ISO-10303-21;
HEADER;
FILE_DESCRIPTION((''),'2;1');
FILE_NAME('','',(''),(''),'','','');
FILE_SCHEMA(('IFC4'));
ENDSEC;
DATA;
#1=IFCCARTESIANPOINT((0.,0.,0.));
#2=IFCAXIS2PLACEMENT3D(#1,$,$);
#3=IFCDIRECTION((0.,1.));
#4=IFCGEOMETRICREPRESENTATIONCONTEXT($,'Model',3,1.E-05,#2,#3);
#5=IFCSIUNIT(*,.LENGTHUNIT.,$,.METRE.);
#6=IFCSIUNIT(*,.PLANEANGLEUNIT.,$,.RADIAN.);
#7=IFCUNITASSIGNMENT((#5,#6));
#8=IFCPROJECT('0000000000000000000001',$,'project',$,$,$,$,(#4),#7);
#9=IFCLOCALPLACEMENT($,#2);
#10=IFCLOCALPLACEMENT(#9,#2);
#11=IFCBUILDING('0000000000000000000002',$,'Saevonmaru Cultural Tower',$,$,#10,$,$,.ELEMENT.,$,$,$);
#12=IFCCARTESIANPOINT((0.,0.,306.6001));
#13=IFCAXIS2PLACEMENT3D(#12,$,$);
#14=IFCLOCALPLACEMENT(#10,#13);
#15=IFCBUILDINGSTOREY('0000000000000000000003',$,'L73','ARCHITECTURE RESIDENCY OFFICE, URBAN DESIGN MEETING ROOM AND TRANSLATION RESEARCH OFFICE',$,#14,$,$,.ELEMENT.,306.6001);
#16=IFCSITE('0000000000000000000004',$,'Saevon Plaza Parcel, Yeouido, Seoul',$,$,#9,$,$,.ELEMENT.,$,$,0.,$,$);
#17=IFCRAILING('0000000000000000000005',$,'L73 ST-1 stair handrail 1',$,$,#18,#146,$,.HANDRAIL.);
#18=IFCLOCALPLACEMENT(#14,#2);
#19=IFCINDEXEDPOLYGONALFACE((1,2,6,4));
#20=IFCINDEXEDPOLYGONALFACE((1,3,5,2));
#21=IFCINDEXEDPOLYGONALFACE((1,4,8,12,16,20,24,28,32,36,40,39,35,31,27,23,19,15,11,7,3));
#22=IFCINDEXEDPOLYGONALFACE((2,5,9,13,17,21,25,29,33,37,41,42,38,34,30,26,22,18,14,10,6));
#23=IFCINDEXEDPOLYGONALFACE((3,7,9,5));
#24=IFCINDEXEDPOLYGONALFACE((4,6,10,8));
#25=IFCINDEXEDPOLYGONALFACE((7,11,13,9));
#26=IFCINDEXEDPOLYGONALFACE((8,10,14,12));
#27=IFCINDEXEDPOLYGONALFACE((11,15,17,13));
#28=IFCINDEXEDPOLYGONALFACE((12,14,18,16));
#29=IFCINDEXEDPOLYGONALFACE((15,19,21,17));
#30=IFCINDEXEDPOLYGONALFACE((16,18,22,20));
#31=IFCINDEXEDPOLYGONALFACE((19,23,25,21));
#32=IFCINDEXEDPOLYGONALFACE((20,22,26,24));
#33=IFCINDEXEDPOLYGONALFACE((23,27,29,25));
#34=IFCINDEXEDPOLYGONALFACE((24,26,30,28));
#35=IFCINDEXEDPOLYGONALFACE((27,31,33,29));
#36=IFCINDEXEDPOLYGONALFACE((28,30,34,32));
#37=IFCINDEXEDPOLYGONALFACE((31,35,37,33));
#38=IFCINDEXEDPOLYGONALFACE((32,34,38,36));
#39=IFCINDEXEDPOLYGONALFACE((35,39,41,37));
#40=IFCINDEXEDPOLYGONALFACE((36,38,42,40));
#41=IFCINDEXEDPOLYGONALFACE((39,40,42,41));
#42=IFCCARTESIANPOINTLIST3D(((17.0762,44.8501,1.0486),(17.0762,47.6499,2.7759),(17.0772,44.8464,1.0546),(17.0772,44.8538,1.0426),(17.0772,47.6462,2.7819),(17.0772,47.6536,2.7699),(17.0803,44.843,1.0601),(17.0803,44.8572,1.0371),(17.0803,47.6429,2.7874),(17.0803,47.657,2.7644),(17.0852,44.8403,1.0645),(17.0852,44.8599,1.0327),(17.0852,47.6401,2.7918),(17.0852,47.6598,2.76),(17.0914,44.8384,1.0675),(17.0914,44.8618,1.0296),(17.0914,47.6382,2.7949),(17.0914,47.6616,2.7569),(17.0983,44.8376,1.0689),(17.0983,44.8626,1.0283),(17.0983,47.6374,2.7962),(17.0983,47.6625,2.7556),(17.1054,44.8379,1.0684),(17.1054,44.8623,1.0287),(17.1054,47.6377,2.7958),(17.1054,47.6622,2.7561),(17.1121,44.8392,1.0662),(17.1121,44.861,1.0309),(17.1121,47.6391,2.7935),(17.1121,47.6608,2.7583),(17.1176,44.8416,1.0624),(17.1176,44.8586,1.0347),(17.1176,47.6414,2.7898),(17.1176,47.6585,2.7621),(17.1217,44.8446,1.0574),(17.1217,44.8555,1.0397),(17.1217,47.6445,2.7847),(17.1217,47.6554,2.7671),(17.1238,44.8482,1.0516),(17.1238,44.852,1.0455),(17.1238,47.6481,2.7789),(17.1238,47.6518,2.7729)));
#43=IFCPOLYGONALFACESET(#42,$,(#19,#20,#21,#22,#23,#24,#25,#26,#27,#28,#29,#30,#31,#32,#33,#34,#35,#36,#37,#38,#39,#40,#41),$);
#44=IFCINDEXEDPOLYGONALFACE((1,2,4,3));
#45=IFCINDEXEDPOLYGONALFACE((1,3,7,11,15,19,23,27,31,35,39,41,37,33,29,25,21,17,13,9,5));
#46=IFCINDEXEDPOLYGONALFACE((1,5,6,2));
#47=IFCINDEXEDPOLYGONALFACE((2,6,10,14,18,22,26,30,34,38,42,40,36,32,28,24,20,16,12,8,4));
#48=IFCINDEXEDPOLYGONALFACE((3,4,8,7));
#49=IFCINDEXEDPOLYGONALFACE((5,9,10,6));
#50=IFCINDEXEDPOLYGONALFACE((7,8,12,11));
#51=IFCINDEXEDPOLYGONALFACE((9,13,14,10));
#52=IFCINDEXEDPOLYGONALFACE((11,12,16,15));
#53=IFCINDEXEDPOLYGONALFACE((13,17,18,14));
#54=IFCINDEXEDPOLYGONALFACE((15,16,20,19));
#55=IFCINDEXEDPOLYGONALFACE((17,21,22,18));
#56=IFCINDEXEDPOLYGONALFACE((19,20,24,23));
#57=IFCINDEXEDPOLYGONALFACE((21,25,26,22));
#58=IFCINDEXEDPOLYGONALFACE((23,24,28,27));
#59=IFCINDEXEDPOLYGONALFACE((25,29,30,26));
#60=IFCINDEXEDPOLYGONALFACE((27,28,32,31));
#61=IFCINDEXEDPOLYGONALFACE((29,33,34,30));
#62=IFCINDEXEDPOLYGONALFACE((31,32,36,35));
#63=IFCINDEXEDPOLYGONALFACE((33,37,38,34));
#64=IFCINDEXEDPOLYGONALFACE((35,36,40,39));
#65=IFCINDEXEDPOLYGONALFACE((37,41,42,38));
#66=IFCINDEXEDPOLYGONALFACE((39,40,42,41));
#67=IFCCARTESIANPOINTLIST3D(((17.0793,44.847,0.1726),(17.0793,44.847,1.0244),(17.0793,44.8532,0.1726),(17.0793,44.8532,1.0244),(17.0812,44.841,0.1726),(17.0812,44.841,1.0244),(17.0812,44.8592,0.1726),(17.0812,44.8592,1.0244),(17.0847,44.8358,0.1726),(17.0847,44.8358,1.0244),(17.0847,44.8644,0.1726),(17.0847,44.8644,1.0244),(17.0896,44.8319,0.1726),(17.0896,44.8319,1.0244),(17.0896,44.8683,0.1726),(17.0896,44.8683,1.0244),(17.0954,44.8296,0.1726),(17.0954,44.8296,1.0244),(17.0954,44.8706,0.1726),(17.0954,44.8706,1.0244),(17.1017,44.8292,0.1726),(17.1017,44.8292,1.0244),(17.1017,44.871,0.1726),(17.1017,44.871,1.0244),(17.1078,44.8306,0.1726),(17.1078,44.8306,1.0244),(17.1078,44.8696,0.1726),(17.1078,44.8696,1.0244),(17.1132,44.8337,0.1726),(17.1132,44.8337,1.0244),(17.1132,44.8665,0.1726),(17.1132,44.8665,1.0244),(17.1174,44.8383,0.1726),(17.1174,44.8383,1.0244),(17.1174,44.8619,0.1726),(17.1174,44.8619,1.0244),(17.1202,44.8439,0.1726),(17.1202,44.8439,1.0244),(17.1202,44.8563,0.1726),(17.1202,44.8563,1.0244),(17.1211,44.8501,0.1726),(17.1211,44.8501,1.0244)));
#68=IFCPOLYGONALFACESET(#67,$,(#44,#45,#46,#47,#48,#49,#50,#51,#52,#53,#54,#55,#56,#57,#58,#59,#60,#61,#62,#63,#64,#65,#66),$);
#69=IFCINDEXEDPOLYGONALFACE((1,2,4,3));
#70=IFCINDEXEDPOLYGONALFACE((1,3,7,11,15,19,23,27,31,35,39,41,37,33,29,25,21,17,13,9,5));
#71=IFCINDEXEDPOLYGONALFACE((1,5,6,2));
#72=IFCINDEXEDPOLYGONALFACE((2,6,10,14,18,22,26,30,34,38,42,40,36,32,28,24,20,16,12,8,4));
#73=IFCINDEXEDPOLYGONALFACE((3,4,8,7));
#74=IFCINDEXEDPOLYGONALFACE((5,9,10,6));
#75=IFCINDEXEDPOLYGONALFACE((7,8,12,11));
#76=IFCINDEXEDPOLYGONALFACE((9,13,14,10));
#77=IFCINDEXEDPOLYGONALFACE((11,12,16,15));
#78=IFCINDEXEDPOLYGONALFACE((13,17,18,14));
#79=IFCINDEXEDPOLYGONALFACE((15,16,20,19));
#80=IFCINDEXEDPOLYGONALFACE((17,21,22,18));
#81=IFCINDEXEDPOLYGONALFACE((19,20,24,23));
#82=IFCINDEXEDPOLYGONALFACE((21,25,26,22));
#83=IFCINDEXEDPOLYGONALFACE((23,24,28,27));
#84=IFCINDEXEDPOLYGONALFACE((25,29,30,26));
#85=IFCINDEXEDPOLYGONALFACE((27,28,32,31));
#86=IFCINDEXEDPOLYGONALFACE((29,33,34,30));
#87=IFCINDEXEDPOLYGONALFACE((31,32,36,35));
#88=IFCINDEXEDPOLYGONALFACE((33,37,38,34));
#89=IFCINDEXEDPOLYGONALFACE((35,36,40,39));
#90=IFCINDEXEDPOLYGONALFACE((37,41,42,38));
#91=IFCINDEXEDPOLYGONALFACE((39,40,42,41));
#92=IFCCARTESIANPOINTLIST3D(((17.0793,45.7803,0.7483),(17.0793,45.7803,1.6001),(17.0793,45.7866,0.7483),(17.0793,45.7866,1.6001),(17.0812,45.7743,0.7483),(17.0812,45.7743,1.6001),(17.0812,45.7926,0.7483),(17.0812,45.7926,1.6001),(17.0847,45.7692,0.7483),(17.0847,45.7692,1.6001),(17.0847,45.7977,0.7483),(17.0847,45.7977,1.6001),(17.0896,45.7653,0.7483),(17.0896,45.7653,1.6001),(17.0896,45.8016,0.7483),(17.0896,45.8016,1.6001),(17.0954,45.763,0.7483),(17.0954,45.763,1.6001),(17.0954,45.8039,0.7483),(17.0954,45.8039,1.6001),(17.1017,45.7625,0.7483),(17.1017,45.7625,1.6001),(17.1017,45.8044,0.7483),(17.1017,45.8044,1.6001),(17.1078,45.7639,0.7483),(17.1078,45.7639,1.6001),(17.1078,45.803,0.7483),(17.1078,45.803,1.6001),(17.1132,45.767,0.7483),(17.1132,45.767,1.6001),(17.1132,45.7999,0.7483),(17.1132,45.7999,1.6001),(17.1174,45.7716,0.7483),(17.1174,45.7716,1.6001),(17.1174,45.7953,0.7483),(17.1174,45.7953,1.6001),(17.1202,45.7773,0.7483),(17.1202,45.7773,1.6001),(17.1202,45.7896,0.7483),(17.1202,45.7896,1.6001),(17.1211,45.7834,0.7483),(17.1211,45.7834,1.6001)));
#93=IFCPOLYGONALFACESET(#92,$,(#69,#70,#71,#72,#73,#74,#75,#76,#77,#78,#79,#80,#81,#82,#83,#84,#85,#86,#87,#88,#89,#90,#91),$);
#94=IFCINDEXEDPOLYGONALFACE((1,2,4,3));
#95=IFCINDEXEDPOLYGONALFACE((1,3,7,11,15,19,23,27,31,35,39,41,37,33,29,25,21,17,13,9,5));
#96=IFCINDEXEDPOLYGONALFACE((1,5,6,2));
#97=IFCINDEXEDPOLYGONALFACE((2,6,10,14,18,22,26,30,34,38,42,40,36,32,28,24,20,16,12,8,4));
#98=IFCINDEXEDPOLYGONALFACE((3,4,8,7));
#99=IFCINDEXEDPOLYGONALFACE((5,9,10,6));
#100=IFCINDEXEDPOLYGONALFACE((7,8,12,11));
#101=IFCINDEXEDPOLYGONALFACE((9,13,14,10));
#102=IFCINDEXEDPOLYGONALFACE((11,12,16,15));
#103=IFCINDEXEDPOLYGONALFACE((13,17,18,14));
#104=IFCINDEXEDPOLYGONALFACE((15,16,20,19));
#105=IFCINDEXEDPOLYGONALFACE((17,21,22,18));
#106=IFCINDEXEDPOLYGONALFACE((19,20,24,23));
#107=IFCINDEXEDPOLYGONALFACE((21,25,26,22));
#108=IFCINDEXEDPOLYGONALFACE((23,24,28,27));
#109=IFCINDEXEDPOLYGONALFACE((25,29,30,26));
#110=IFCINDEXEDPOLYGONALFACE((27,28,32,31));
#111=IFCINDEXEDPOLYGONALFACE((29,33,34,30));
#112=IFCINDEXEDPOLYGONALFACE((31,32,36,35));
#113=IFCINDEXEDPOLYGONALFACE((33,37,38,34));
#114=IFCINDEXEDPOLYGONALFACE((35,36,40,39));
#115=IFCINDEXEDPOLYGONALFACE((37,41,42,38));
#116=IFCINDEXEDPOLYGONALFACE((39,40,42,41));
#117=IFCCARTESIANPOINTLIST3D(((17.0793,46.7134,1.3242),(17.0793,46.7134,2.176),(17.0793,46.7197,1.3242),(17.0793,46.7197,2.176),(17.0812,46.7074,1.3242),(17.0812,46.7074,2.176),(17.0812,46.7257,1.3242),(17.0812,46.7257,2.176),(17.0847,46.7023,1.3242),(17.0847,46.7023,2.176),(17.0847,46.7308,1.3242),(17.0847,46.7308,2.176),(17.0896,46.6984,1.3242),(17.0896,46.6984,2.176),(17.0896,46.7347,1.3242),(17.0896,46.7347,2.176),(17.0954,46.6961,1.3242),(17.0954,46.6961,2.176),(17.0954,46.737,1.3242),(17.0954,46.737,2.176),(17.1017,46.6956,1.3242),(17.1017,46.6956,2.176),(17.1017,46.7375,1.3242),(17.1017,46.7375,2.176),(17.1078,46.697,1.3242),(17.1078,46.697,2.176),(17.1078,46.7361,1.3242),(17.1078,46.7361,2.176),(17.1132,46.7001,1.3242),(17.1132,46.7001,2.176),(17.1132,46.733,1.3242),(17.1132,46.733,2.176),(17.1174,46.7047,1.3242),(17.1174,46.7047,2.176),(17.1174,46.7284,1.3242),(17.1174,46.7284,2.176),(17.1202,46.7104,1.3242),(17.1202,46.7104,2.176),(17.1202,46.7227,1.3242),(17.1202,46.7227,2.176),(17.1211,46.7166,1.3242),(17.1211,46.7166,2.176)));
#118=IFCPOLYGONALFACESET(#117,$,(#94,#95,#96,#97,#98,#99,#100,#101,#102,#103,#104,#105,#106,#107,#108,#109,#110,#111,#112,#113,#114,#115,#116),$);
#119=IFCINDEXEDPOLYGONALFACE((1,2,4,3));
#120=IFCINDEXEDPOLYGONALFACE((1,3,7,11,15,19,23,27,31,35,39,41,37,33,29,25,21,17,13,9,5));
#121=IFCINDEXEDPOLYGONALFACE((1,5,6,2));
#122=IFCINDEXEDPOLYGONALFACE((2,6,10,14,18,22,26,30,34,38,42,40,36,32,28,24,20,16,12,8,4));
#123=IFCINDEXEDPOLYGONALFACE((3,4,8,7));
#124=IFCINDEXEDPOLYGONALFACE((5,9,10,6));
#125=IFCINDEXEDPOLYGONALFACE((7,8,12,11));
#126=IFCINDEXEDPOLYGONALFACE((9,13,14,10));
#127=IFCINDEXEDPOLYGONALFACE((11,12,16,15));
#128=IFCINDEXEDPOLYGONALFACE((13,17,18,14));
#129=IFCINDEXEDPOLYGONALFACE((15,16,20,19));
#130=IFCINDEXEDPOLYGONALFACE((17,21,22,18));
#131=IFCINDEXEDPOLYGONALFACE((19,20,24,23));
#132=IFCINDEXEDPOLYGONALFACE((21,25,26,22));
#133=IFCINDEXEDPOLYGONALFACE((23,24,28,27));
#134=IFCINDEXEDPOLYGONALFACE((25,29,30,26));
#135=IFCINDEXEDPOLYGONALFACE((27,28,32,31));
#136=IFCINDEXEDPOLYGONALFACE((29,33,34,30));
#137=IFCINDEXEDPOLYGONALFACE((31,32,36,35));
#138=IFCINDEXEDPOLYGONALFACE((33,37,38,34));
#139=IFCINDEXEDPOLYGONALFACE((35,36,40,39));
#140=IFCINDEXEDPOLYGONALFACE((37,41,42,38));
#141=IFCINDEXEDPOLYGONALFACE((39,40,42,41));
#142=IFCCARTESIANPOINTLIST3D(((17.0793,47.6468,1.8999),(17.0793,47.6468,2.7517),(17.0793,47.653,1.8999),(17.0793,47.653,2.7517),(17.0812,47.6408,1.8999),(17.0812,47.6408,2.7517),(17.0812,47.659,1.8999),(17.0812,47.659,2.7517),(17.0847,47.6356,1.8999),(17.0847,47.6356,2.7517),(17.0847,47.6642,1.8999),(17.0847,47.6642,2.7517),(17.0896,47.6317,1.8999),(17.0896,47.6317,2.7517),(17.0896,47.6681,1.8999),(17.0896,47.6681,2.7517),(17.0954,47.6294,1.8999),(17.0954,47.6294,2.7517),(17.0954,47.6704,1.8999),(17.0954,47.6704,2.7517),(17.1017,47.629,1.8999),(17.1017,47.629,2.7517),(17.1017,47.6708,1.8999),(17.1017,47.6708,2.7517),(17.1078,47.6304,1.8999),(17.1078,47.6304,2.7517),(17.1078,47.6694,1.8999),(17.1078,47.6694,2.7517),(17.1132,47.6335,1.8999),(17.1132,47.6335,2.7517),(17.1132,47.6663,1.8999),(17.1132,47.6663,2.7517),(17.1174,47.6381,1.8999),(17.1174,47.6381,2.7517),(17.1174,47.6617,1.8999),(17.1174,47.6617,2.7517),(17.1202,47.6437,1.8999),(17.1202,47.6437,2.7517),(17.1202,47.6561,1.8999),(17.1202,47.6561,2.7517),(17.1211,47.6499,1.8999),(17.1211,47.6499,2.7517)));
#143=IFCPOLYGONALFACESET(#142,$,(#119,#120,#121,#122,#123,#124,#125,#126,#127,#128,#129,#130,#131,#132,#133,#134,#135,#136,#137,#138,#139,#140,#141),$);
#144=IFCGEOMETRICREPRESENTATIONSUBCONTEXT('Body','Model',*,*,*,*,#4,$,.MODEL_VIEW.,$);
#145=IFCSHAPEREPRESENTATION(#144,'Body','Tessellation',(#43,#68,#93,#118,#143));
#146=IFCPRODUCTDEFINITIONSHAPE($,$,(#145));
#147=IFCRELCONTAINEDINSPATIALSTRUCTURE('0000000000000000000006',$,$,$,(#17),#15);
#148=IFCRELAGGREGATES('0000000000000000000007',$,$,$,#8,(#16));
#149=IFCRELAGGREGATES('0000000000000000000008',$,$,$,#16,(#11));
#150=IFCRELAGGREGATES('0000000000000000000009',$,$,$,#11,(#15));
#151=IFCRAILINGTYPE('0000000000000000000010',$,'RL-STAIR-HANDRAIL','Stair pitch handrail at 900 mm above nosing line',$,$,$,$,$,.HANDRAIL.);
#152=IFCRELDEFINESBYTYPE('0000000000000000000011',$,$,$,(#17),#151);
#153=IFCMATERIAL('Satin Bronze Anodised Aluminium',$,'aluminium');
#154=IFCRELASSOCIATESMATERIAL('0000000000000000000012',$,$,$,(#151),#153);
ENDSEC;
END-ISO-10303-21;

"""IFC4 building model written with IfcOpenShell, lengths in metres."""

from ifc_helpers import new_model, si_unit, direction, frame, origin, origin_2d, place, context, subcontext, project, spatial, circle, extrude, material, type_object, element, save


model = new_model("IFC4")

# Units and contexts
model_context = context("Model", 3, precision=1e-05, world=origin(), true_north=direction((0.0, 1.0)))
body_context = subcontext(model_context, "Body", "Model", "MODEL_VIEW")
ifc_project = project(units=[si_unit("LENGTHUNIT", "METRE"), si_unit("PLANEANGLEUNIT", "RADIAN")], contexts=[model_context])

# Site, building, storey
site_placement = place(None, origin())
site = spatial("IfcSite", under=ifc_project, at=site_placement, Name="Saevon Plaza Parcel, Yeouido, Seoul", CompositionType="ELEMENT", RefElevation=0.0)
building_placement = place(site_placement, origin())
building = spatial("IfcBuilding", under=site, at=building_placement, Name="Saevonmaru Cultural Tower", CompositionType="ELEMENT")
storey_placement = place(building_placement, frame((0.0, 0.0, 306.6001)))
storey = spatial("IfcBuildingStorey", under=building, at=storey_placement, Name="L73", Description="ARCHITECTURE RESIDENCY OFFICE, URBAN DESIGN MEETING ROOM AND TRANSLATION RESEARCH OFFICE", CompositionType="ELEMENT", Elevation=306.6001)

# Shared definitions
ifc_material_1 = material(Name="Satin Bronze Anodised Aluminium", Category="aluminium")

# Railing
railing_type_1 = type_object("IfcRailingType", Name="RL-STAIR-HANDRAIL", Description="Stair pitch handrail at 900 mm above nosing line", PredefinedType="HANDRAIL", material=ifc_material_1)
railing_1_placement = place(storey_placement, frame((17.1001, 44.8501, 0.1726)))
element("IfcRailing", 1, at=railing_1_placement, inside=storey, type_object=railing_type_1, Name="L73 ST-1 stair handrail 1", PredefinedType="HANDRAIL", context=body_context, shape_type="SweptSolid", body=[
    extrude(circle(Radius=0.0239, at=origin_2d()), frame((0.0, 0.0, 0.876), z_axis=(0.0, 0.851069, 0.525054), x_axis=(-1.0, 0.0, 0.0)), (0.0, 0.0, 1.0), 3.2898),
    extrude(circle(Radius=0.021, at=origin_2d()), origin(), (0.0, 0.0, 1.0), 0.8518),
    extrude(circle(Radius=0.021, at=origin_2d()), frame((0.0, 0.9333, 0.5757)), (0.0, 0.0, 1.0), 0.8518),
    extrude(circle(Radius=0.021, at=origin_2d()), frame((0.0, 1.8665, 1.1516)), (0.0, 0.0, 1.0), 0.8518),
    extrude(circle(Radius=0.021, at=origin_2d()), frame((0.0, 2.7998, 1.7273)), (0.0, 0.0, 1.0), 0.8518),
])

save(model, "model.ifc")
